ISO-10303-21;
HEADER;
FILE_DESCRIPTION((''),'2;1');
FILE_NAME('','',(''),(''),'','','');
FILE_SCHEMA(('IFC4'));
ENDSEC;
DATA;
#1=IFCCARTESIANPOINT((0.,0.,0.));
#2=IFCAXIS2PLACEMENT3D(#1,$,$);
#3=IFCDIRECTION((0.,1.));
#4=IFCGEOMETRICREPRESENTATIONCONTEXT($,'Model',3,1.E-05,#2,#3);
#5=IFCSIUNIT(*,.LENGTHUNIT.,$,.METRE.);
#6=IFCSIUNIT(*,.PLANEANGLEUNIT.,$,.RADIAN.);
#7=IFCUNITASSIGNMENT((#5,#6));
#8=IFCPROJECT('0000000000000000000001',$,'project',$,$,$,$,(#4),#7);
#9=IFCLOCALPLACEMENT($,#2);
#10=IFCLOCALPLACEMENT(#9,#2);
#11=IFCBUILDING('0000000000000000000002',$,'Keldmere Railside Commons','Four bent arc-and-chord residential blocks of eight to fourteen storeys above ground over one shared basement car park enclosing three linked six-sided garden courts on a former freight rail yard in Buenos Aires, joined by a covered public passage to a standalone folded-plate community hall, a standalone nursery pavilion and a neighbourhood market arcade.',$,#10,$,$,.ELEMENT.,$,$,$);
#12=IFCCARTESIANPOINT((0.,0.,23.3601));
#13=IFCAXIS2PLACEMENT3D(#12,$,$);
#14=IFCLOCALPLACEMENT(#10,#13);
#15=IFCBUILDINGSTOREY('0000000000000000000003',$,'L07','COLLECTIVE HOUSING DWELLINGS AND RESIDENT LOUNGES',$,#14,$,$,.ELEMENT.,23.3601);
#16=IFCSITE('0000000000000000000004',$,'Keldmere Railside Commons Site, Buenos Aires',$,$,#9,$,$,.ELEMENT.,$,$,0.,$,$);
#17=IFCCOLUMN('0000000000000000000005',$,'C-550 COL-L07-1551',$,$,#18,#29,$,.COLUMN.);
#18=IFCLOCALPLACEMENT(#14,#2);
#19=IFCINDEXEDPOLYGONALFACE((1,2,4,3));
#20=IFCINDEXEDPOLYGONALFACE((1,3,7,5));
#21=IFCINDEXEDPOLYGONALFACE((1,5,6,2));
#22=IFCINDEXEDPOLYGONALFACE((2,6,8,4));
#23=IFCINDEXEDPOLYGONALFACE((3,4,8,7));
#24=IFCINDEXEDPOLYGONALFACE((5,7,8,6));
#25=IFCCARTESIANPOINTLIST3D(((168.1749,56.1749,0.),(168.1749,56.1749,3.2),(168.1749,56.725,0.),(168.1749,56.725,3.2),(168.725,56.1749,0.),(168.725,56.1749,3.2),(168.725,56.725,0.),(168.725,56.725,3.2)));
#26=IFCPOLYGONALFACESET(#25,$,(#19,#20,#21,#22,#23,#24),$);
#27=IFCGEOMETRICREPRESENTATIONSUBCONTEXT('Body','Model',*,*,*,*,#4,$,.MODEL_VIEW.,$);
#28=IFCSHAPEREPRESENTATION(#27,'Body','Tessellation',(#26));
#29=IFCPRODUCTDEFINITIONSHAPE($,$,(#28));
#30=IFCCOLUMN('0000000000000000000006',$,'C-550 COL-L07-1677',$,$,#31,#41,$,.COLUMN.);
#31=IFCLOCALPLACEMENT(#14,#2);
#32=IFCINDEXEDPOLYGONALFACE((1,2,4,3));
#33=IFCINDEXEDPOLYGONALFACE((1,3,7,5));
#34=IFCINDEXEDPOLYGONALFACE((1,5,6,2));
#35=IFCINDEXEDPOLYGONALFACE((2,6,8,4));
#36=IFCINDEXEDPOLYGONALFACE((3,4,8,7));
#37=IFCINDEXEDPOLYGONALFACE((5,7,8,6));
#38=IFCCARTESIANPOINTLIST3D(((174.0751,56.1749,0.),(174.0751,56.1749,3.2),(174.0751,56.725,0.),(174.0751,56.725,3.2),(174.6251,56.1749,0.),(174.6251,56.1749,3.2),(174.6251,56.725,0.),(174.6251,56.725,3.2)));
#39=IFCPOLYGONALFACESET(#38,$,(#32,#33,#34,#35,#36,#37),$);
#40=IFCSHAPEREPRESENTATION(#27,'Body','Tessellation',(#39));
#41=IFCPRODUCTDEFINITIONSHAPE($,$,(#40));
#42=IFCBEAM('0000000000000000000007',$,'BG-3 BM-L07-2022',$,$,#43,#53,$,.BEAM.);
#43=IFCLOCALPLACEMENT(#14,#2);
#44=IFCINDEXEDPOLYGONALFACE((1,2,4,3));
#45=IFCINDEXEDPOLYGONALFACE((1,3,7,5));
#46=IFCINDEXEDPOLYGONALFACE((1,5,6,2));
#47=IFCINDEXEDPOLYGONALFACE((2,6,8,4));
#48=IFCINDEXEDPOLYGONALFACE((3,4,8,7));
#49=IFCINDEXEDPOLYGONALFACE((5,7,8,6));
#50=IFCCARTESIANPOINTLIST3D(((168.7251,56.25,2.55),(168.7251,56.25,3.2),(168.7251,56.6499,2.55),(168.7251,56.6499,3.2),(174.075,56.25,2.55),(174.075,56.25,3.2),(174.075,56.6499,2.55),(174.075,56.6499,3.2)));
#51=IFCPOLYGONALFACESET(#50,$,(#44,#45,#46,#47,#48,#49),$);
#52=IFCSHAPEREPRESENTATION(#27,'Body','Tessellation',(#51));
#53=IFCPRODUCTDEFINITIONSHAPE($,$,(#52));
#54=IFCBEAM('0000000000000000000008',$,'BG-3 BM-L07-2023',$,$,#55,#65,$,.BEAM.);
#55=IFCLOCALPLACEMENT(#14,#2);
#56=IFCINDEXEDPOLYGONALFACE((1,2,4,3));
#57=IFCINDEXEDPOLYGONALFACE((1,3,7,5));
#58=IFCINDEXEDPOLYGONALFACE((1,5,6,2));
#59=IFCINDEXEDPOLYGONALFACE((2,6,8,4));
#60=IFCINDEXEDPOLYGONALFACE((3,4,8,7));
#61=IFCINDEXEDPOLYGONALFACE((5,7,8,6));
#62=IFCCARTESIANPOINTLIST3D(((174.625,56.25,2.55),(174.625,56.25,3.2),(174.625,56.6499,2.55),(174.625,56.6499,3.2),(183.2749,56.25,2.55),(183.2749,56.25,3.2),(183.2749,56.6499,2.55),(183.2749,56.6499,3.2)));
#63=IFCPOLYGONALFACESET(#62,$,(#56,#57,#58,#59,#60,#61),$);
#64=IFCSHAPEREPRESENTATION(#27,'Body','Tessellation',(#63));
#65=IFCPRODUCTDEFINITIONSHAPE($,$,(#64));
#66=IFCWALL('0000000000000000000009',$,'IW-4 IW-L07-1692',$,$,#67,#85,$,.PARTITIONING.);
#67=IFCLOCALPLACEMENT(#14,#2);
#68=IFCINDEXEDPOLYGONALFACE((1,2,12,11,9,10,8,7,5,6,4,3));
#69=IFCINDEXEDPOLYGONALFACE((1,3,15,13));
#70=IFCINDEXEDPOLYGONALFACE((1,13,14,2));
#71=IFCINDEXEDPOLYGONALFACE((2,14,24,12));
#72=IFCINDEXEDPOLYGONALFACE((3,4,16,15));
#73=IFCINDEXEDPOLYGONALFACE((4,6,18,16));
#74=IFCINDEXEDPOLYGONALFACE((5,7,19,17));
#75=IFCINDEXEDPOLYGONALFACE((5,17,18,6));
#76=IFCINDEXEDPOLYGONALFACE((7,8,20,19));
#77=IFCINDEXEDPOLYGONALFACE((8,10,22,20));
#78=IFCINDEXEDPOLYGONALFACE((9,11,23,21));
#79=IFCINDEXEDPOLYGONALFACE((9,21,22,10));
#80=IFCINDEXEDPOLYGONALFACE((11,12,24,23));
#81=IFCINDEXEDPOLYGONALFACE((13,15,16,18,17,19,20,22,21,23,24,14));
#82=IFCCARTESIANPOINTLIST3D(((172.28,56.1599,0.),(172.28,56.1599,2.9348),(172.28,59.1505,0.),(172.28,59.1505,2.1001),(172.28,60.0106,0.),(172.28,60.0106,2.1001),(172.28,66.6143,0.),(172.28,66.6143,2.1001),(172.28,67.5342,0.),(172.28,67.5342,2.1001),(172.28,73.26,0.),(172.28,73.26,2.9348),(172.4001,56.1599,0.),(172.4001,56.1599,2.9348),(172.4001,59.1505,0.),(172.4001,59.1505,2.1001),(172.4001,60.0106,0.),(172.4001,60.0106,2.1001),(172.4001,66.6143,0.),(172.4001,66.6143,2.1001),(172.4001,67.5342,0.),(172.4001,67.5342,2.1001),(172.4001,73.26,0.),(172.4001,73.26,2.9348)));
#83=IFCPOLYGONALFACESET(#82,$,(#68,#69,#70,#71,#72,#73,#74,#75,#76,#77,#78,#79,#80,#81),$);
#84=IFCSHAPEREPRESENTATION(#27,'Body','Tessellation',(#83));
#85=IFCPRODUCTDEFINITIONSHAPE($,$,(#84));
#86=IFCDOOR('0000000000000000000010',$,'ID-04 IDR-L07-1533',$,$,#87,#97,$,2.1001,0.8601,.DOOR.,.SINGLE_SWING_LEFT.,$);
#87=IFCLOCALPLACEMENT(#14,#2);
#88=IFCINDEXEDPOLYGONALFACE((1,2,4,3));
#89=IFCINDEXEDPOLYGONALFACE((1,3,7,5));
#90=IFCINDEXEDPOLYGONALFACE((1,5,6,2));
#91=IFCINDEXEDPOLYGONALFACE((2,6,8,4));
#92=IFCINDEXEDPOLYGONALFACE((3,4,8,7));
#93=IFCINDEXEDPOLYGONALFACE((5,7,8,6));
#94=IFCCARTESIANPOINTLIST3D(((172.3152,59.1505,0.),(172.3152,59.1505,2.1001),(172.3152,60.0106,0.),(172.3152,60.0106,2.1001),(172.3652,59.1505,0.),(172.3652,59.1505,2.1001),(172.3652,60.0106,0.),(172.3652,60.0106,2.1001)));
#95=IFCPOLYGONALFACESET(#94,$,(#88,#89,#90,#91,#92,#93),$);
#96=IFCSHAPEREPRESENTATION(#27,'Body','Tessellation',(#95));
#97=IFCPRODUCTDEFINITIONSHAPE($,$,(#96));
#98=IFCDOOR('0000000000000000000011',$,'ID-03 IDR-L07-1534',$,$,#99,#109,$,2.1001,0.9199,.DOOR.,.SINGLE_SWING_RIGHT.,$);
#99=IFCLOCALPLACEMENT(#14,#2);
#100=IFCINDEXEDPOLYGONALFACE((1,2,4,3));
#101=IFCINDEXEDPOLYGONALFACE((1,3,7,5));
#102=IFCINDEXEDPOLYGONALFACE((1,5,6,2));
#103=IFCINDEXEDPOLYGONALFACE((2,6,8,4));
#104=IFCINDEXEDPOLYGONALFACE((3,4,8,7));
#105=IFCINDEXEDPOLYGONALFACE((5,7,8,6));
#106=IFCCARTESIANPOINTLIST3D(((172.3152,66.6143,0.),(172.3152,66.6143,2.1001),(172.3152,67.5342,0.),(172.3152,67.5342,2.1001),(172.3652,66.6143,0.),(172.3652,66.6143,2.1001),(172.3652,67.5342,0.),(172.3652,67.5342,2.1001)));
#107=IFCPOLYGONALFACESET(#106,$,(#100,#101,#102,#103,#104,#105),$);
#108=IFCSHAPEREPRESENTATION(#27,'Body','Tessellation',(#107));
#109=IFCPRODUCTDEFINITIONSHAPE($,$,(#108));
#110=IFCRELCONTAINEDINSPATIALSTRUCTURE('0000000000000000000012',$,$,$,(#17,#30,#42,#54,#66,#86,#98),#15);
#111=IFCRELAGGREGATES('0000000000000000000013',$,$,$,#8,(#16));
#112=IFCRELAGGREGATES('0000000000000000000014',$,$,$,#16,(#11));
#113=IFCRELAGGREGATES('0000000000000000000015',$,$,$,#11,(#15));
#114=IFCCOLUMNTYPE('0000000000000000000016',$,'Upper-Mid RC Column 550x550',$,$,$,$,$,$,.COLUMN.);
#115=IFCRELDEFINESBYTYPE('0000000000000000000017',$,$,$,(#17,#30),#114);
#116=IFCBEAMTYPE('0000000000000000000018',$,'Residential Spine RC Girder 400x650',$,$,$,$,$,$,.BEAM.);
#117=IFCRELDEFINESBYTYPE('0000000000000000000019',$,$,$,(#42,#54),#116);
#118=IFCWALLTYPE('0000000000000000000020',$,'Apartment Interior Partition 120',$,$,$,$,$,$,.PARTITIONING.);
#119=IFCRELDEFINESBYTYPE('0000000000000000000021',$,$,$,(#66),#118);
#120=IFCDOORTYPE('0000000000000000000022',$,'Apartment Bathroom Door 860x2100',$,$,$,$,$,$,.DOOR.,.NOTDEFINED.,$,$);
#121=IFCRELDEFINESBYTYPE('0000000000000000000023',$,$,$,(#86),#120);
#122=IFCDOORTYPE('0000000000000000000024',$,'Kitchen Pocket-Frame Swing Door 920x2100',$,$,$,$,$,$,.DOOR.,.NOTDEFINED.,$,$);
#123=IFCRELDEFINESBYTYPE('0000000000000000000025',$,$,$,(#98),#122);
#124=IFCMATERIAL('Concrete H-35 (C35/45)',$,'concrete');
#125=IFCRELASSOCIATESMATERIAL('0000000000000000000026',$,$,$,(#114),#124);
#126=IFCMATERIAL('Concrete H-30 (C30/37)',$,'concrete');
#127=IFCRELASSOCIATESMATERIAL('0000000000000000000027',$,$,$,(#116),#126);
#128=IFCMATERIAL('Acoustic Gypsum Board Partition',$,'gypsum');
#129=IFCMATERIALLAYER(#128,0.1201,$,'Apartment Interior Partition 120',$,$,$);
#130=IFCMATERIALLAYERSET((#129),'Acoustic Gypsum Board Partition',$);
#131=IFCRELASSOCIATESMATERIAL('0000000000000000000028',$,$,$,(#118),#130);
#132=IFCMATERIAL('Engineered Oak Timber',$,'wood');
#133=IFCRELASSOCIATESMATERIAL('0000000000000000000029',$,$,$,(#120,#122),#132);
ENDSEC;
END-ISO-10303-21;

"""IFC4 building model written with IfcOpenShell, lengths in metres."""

from ifc_helpers import new_model, si_unit, direction, frame, frame_2d, origin, origin_2d, place, context, subcontext, project, spatial, rectangle, extrude, material, layer, layer_set, material_profile, profile_set, type_object, element, fill, save


model = new_model("IFC4")

# Units and contexts
model_context = context("Model", 3, precision=1e-05, world=origin(), true_north=direction((0.0, 1.0)))
body_context = subcontext(model_context, "Body", "Model", "MODEL_VIEW")
ifc_project = project(units=[si_unit("LENGTHUNIT", "METRE"), si_unit("PLANEANGLEUNIT", "RADIAN")], contexts=[model_context])

# Site, building, storey
site_placement = place(None, origin())
site = spatial("IfcSite", under=ifc_project, at=site_placement, Name="Keldmere Railside Commons Site, Buenos Aires", CompositionType="ELEMENT", RefElevation=0.0)
building_placement = place(site_placement, origin())
building = spatial("IfcBuilding", under=site, at=building_placement, Name="Keldmere Railside Commons", Description="Four bent arc-and-chord residential blocks of eight to fourteen storeys above ground over one shared basement car park enclosing three linked six-sided garden courts on a former freight rail yard in Buenos Aires, joined by a covered public passage to a standalone folded-plate community hall, a standalone nursery pavilion and a neighbourhood market arcade.", CompositionType="ELEMENT")
storey_placement = place(building_placement, frame((0.0, 0.0, 23.3601)))
storey = spatial("IfcBuildingStorey", under=building, at=storey_placement, Name="L07", Description="COLLECTIVE HOUSING DWELLINGS AND RESIDENT LOUNGES", CompositionType="ELEMENT", Elevation=23.3601)

# Columns
ifc_material_1 = material(Name="Concrete H-35 (C35/45)", Category="concrete")
ifc_material_profile_1 = material_profile(ifc_material_1, rectangle(XDim=0.55, YDim=0.55, at=origin_2d()), Name="RC-550x550")
ifc_profile_set_1 = profile_set([ifc_material_profile_1], Name="Concrete H-35 (C35/45)")
column_type = type_object("IfcColumnType", Name="Upper-Mid RC Column 550x550", PredefinedType="COLUMN", material=ifc_profile_set_1)
for number, where, z_axis, x_axis, name in (
    (1, (168.45, 56.45, 0.0), (0.0, 0.0, 1.0), (1.0, 0.0, 0.0), "C-550 COL-L07-1551"),
    (2, (174.3501, 56.45, 0.0), (0.0, 0.0, 1.0), (1.0, 0.0, 0.0), "C-550 COL-L07-1677"),
):
    element("IfcColumn", number, at=place(storey_placement, frame(where, z_axis=z_axis, x_axis=x_axis)), inside=storey, type_object=column_type, Name=name, PredefinedType="COLUMN", context=body_context, shape_type="SweptSolid", body=[
        extrude(rectangle(XDim=0.55, YDim=0.55, at=origin_2d()), origin(), (0.0, 0.0, 1.0), 3.2),
    ])

# Beams
ifc_material_2 = material(Name="Concrete H-30 (C30/37)", Category="concrete")
ifc_material_profile_2 = material_profile(ifc_material_2, rectangle(XDim=0.3999, YDim=0.6499, at=origin_2d()), Name="RC-400x650")
ifc_profile_set_2 = profile_set([ifc_material_profile_2], Name="Concrete H-30 (C30/37)")
beam_type = type_object("IfcBeamType", Name="Residential Spine RC Girder 400x650", PredefinedType="BEAM", material=ifc_profile_set_2)
beam_1_placement = place(storey_placement, frame((168.7251, 56.45, 2.875), z_axis=(1.0, 0.0, 0.0), x_axis=(0.0, 1.0, 0.0)))
element("IfcBeam", 3, at=beam_1_placement, inside=storey, type_object=beam_type, Name="BG-3 BM-L07-2022", PredefinedType="BEAM", context=body_context, shape_type="SweptSolid", body=[
    extrude(rectangle(XDim=0.3999, YDim=0.6499, at=origin_2d()), origin(), (0.0, 0.0, 1.0), 5.3499),
])
beam_2_placement = place(storey_placement, frame((174.625, 56.45, 2.875), z_axis=(1.0, 0.0, 0.0), x_axis=(0.0, 1.0, 0.0)))
element("IfcBeam", 4, at=beam_2_placement, inside=storey, type_object=beam_type, Name="BG-3 BM-L07-2023", PredefinedType="BEAM", context=body_context, shape_type="SweptSolid", body=[
    extrude(rectangle(XDim=0.3999, YDim=0.6499, at=origin_2d()), origin(), (0.0, 0.0, 1.0), 8.6499),
])

# Wall, openings, doors
ifc_material_3 = material(Name="Acoustic Gypsum Board Partition", Category="gypsum")
ifc_layer_1 = layer(ifc_material_3, 0.1201, Name="Apartment Interior Partition 120")
ifc_layer_set_1 = layer_set([ifc_layer_1], Name="Acoustic Gypsum Board Partition")
wall_type_1 = type_object("IfcWallType", Name="Apartment Interior Partition 120", PredefinedType="PARTITIONING", material=ifc_layer_set_1)
wall_1_placement = place(storey_placement, frame((172.3401, 56.1599, 0.0), z_axis=(0.0, 0.0, 1.0), x_axis=(0.0, 1.0, 0.0)))
wall_1 = element("IfcWall", 5, at=wall_1_placement, inside=storey, type_object=wall_type_1, Name="IW-4 IW-L07-1692", PredefinedType="PARTITIONING", context=body_context, shape_type="SweptSolid", body=[
    extrude(rectangle(XDim=17.1001, YDim=0.1201, at=frame_2d((8.55, 0.0))), origin(), (0.0, 0.0, 1.0), 2.9348),
])
opening_1_placement = place(wall_1_placement, frame((2.9905, 0.0, 0.0)))
opening_1 = element("IfcOpeningElement", 6, at=opening_1_placement, cuts=wall_1, PredefinedType="OPENING", context=body_context, shape_type="SweptSolid", body=[
    extrude(rectangle(XDim=0.8601, YDim=2.1001, at=frame_2d((0.4302, 1.05))), frame((0.0, 0.0701, 0.0), z_axis=(0.0, -1.0, 0.0), x_axis=(1.0, 0.0, 0.0)), (0.0, 0.0, 1.0), 0.1401),
])
opening_2_placement = place(wall_1_placement, frame((10.4543, 0.0, 0.0)))
opening_2 = element("IfcOpeningElement", 7, at=opening_2_placement, cuts=wall_1, PredefinedType="OPENING", context=body_context, shape_type="SweptSolid", body=[
    extrude(rectangle(XDim=0.9199, YDim=2.1001, at=frame_2d((0.46, 1.05))), frame((0.0, 0.0701, 0.0), z_axis=(0.0, -1.0, 0.0), x_axis=(1.0, 0.0, 0.0)), (0.0, 0.0, 1.0), 0.1401),
])
ifc_material_4 = material(Name="Engineered Oak Timber", Category="wood")
door_type_1 = type_object("IfcDoorType", Name="Apartment Bathroom Door 860x2100", OperationType="NOTDEFINED", PredefinedType="DOOR", material=ifc_material_4)
door_1_placement = place(opening_1_placement, origin())
door_1 = element("IfcDoor", 8, at=door_1_placement, inside=storey, type_object=door_type_1, Name="ID-04 IDR-L07-1533", OperationType="SINGLE_SWING_LEFT", OverallHeight=2.1001, OverallWidth=0.8601, PredefinedType="DOOR", context=body_context, shape_type="SweptSolid", body=[
    extrude(rectangle(XDim=0.8601, YDim=2.1001, at=frame_2d((0.4302, 1.05))), frame((0.0, 0.0249, 0.0), z_axis=(0.0, -1.0, 0.0), x_axis=(1.0, 0.0, 0.0)), (0.0, 0.0, 1.0), 0.05),
])
fill(opening_1, door_1)
door_type_2 = type_object("IfcDoorType", Name="Kitchen Pocket-Frame Swing Door 920x2100", OperationType="NOTDEFINED", PredefinedType="DOOR", material=ifc_material_4)
door_2_placement = place(opening_2_placement, origin())
door_2 = element("IfcDoor", 9, at=door_2_placement, inside=storey, type_object=door_type_2, Name="ID-03 IDR-L07-1534", OperationType="SINGLE_SWING_RIGHT", OverallHeight=2.1001, OverallWidth=0.9199, PredefinedType="DOOR", context=body_context, shape_type="SweptSolid", body=[
    extrude(rectangle(XDim=0.9199, YDim=2.1001, at=frame_2d((0.46, 1.05))), frame((0.0, 0.0249, 0.0), z_axis=(0.0, -1.0, 0.0), x_axis=(1.0, 0.0, 0.0)), (0.0, 0.0, 1.0), 0.05),
])
fill(opening_2, door_2)

save(model, "model.ifc")
